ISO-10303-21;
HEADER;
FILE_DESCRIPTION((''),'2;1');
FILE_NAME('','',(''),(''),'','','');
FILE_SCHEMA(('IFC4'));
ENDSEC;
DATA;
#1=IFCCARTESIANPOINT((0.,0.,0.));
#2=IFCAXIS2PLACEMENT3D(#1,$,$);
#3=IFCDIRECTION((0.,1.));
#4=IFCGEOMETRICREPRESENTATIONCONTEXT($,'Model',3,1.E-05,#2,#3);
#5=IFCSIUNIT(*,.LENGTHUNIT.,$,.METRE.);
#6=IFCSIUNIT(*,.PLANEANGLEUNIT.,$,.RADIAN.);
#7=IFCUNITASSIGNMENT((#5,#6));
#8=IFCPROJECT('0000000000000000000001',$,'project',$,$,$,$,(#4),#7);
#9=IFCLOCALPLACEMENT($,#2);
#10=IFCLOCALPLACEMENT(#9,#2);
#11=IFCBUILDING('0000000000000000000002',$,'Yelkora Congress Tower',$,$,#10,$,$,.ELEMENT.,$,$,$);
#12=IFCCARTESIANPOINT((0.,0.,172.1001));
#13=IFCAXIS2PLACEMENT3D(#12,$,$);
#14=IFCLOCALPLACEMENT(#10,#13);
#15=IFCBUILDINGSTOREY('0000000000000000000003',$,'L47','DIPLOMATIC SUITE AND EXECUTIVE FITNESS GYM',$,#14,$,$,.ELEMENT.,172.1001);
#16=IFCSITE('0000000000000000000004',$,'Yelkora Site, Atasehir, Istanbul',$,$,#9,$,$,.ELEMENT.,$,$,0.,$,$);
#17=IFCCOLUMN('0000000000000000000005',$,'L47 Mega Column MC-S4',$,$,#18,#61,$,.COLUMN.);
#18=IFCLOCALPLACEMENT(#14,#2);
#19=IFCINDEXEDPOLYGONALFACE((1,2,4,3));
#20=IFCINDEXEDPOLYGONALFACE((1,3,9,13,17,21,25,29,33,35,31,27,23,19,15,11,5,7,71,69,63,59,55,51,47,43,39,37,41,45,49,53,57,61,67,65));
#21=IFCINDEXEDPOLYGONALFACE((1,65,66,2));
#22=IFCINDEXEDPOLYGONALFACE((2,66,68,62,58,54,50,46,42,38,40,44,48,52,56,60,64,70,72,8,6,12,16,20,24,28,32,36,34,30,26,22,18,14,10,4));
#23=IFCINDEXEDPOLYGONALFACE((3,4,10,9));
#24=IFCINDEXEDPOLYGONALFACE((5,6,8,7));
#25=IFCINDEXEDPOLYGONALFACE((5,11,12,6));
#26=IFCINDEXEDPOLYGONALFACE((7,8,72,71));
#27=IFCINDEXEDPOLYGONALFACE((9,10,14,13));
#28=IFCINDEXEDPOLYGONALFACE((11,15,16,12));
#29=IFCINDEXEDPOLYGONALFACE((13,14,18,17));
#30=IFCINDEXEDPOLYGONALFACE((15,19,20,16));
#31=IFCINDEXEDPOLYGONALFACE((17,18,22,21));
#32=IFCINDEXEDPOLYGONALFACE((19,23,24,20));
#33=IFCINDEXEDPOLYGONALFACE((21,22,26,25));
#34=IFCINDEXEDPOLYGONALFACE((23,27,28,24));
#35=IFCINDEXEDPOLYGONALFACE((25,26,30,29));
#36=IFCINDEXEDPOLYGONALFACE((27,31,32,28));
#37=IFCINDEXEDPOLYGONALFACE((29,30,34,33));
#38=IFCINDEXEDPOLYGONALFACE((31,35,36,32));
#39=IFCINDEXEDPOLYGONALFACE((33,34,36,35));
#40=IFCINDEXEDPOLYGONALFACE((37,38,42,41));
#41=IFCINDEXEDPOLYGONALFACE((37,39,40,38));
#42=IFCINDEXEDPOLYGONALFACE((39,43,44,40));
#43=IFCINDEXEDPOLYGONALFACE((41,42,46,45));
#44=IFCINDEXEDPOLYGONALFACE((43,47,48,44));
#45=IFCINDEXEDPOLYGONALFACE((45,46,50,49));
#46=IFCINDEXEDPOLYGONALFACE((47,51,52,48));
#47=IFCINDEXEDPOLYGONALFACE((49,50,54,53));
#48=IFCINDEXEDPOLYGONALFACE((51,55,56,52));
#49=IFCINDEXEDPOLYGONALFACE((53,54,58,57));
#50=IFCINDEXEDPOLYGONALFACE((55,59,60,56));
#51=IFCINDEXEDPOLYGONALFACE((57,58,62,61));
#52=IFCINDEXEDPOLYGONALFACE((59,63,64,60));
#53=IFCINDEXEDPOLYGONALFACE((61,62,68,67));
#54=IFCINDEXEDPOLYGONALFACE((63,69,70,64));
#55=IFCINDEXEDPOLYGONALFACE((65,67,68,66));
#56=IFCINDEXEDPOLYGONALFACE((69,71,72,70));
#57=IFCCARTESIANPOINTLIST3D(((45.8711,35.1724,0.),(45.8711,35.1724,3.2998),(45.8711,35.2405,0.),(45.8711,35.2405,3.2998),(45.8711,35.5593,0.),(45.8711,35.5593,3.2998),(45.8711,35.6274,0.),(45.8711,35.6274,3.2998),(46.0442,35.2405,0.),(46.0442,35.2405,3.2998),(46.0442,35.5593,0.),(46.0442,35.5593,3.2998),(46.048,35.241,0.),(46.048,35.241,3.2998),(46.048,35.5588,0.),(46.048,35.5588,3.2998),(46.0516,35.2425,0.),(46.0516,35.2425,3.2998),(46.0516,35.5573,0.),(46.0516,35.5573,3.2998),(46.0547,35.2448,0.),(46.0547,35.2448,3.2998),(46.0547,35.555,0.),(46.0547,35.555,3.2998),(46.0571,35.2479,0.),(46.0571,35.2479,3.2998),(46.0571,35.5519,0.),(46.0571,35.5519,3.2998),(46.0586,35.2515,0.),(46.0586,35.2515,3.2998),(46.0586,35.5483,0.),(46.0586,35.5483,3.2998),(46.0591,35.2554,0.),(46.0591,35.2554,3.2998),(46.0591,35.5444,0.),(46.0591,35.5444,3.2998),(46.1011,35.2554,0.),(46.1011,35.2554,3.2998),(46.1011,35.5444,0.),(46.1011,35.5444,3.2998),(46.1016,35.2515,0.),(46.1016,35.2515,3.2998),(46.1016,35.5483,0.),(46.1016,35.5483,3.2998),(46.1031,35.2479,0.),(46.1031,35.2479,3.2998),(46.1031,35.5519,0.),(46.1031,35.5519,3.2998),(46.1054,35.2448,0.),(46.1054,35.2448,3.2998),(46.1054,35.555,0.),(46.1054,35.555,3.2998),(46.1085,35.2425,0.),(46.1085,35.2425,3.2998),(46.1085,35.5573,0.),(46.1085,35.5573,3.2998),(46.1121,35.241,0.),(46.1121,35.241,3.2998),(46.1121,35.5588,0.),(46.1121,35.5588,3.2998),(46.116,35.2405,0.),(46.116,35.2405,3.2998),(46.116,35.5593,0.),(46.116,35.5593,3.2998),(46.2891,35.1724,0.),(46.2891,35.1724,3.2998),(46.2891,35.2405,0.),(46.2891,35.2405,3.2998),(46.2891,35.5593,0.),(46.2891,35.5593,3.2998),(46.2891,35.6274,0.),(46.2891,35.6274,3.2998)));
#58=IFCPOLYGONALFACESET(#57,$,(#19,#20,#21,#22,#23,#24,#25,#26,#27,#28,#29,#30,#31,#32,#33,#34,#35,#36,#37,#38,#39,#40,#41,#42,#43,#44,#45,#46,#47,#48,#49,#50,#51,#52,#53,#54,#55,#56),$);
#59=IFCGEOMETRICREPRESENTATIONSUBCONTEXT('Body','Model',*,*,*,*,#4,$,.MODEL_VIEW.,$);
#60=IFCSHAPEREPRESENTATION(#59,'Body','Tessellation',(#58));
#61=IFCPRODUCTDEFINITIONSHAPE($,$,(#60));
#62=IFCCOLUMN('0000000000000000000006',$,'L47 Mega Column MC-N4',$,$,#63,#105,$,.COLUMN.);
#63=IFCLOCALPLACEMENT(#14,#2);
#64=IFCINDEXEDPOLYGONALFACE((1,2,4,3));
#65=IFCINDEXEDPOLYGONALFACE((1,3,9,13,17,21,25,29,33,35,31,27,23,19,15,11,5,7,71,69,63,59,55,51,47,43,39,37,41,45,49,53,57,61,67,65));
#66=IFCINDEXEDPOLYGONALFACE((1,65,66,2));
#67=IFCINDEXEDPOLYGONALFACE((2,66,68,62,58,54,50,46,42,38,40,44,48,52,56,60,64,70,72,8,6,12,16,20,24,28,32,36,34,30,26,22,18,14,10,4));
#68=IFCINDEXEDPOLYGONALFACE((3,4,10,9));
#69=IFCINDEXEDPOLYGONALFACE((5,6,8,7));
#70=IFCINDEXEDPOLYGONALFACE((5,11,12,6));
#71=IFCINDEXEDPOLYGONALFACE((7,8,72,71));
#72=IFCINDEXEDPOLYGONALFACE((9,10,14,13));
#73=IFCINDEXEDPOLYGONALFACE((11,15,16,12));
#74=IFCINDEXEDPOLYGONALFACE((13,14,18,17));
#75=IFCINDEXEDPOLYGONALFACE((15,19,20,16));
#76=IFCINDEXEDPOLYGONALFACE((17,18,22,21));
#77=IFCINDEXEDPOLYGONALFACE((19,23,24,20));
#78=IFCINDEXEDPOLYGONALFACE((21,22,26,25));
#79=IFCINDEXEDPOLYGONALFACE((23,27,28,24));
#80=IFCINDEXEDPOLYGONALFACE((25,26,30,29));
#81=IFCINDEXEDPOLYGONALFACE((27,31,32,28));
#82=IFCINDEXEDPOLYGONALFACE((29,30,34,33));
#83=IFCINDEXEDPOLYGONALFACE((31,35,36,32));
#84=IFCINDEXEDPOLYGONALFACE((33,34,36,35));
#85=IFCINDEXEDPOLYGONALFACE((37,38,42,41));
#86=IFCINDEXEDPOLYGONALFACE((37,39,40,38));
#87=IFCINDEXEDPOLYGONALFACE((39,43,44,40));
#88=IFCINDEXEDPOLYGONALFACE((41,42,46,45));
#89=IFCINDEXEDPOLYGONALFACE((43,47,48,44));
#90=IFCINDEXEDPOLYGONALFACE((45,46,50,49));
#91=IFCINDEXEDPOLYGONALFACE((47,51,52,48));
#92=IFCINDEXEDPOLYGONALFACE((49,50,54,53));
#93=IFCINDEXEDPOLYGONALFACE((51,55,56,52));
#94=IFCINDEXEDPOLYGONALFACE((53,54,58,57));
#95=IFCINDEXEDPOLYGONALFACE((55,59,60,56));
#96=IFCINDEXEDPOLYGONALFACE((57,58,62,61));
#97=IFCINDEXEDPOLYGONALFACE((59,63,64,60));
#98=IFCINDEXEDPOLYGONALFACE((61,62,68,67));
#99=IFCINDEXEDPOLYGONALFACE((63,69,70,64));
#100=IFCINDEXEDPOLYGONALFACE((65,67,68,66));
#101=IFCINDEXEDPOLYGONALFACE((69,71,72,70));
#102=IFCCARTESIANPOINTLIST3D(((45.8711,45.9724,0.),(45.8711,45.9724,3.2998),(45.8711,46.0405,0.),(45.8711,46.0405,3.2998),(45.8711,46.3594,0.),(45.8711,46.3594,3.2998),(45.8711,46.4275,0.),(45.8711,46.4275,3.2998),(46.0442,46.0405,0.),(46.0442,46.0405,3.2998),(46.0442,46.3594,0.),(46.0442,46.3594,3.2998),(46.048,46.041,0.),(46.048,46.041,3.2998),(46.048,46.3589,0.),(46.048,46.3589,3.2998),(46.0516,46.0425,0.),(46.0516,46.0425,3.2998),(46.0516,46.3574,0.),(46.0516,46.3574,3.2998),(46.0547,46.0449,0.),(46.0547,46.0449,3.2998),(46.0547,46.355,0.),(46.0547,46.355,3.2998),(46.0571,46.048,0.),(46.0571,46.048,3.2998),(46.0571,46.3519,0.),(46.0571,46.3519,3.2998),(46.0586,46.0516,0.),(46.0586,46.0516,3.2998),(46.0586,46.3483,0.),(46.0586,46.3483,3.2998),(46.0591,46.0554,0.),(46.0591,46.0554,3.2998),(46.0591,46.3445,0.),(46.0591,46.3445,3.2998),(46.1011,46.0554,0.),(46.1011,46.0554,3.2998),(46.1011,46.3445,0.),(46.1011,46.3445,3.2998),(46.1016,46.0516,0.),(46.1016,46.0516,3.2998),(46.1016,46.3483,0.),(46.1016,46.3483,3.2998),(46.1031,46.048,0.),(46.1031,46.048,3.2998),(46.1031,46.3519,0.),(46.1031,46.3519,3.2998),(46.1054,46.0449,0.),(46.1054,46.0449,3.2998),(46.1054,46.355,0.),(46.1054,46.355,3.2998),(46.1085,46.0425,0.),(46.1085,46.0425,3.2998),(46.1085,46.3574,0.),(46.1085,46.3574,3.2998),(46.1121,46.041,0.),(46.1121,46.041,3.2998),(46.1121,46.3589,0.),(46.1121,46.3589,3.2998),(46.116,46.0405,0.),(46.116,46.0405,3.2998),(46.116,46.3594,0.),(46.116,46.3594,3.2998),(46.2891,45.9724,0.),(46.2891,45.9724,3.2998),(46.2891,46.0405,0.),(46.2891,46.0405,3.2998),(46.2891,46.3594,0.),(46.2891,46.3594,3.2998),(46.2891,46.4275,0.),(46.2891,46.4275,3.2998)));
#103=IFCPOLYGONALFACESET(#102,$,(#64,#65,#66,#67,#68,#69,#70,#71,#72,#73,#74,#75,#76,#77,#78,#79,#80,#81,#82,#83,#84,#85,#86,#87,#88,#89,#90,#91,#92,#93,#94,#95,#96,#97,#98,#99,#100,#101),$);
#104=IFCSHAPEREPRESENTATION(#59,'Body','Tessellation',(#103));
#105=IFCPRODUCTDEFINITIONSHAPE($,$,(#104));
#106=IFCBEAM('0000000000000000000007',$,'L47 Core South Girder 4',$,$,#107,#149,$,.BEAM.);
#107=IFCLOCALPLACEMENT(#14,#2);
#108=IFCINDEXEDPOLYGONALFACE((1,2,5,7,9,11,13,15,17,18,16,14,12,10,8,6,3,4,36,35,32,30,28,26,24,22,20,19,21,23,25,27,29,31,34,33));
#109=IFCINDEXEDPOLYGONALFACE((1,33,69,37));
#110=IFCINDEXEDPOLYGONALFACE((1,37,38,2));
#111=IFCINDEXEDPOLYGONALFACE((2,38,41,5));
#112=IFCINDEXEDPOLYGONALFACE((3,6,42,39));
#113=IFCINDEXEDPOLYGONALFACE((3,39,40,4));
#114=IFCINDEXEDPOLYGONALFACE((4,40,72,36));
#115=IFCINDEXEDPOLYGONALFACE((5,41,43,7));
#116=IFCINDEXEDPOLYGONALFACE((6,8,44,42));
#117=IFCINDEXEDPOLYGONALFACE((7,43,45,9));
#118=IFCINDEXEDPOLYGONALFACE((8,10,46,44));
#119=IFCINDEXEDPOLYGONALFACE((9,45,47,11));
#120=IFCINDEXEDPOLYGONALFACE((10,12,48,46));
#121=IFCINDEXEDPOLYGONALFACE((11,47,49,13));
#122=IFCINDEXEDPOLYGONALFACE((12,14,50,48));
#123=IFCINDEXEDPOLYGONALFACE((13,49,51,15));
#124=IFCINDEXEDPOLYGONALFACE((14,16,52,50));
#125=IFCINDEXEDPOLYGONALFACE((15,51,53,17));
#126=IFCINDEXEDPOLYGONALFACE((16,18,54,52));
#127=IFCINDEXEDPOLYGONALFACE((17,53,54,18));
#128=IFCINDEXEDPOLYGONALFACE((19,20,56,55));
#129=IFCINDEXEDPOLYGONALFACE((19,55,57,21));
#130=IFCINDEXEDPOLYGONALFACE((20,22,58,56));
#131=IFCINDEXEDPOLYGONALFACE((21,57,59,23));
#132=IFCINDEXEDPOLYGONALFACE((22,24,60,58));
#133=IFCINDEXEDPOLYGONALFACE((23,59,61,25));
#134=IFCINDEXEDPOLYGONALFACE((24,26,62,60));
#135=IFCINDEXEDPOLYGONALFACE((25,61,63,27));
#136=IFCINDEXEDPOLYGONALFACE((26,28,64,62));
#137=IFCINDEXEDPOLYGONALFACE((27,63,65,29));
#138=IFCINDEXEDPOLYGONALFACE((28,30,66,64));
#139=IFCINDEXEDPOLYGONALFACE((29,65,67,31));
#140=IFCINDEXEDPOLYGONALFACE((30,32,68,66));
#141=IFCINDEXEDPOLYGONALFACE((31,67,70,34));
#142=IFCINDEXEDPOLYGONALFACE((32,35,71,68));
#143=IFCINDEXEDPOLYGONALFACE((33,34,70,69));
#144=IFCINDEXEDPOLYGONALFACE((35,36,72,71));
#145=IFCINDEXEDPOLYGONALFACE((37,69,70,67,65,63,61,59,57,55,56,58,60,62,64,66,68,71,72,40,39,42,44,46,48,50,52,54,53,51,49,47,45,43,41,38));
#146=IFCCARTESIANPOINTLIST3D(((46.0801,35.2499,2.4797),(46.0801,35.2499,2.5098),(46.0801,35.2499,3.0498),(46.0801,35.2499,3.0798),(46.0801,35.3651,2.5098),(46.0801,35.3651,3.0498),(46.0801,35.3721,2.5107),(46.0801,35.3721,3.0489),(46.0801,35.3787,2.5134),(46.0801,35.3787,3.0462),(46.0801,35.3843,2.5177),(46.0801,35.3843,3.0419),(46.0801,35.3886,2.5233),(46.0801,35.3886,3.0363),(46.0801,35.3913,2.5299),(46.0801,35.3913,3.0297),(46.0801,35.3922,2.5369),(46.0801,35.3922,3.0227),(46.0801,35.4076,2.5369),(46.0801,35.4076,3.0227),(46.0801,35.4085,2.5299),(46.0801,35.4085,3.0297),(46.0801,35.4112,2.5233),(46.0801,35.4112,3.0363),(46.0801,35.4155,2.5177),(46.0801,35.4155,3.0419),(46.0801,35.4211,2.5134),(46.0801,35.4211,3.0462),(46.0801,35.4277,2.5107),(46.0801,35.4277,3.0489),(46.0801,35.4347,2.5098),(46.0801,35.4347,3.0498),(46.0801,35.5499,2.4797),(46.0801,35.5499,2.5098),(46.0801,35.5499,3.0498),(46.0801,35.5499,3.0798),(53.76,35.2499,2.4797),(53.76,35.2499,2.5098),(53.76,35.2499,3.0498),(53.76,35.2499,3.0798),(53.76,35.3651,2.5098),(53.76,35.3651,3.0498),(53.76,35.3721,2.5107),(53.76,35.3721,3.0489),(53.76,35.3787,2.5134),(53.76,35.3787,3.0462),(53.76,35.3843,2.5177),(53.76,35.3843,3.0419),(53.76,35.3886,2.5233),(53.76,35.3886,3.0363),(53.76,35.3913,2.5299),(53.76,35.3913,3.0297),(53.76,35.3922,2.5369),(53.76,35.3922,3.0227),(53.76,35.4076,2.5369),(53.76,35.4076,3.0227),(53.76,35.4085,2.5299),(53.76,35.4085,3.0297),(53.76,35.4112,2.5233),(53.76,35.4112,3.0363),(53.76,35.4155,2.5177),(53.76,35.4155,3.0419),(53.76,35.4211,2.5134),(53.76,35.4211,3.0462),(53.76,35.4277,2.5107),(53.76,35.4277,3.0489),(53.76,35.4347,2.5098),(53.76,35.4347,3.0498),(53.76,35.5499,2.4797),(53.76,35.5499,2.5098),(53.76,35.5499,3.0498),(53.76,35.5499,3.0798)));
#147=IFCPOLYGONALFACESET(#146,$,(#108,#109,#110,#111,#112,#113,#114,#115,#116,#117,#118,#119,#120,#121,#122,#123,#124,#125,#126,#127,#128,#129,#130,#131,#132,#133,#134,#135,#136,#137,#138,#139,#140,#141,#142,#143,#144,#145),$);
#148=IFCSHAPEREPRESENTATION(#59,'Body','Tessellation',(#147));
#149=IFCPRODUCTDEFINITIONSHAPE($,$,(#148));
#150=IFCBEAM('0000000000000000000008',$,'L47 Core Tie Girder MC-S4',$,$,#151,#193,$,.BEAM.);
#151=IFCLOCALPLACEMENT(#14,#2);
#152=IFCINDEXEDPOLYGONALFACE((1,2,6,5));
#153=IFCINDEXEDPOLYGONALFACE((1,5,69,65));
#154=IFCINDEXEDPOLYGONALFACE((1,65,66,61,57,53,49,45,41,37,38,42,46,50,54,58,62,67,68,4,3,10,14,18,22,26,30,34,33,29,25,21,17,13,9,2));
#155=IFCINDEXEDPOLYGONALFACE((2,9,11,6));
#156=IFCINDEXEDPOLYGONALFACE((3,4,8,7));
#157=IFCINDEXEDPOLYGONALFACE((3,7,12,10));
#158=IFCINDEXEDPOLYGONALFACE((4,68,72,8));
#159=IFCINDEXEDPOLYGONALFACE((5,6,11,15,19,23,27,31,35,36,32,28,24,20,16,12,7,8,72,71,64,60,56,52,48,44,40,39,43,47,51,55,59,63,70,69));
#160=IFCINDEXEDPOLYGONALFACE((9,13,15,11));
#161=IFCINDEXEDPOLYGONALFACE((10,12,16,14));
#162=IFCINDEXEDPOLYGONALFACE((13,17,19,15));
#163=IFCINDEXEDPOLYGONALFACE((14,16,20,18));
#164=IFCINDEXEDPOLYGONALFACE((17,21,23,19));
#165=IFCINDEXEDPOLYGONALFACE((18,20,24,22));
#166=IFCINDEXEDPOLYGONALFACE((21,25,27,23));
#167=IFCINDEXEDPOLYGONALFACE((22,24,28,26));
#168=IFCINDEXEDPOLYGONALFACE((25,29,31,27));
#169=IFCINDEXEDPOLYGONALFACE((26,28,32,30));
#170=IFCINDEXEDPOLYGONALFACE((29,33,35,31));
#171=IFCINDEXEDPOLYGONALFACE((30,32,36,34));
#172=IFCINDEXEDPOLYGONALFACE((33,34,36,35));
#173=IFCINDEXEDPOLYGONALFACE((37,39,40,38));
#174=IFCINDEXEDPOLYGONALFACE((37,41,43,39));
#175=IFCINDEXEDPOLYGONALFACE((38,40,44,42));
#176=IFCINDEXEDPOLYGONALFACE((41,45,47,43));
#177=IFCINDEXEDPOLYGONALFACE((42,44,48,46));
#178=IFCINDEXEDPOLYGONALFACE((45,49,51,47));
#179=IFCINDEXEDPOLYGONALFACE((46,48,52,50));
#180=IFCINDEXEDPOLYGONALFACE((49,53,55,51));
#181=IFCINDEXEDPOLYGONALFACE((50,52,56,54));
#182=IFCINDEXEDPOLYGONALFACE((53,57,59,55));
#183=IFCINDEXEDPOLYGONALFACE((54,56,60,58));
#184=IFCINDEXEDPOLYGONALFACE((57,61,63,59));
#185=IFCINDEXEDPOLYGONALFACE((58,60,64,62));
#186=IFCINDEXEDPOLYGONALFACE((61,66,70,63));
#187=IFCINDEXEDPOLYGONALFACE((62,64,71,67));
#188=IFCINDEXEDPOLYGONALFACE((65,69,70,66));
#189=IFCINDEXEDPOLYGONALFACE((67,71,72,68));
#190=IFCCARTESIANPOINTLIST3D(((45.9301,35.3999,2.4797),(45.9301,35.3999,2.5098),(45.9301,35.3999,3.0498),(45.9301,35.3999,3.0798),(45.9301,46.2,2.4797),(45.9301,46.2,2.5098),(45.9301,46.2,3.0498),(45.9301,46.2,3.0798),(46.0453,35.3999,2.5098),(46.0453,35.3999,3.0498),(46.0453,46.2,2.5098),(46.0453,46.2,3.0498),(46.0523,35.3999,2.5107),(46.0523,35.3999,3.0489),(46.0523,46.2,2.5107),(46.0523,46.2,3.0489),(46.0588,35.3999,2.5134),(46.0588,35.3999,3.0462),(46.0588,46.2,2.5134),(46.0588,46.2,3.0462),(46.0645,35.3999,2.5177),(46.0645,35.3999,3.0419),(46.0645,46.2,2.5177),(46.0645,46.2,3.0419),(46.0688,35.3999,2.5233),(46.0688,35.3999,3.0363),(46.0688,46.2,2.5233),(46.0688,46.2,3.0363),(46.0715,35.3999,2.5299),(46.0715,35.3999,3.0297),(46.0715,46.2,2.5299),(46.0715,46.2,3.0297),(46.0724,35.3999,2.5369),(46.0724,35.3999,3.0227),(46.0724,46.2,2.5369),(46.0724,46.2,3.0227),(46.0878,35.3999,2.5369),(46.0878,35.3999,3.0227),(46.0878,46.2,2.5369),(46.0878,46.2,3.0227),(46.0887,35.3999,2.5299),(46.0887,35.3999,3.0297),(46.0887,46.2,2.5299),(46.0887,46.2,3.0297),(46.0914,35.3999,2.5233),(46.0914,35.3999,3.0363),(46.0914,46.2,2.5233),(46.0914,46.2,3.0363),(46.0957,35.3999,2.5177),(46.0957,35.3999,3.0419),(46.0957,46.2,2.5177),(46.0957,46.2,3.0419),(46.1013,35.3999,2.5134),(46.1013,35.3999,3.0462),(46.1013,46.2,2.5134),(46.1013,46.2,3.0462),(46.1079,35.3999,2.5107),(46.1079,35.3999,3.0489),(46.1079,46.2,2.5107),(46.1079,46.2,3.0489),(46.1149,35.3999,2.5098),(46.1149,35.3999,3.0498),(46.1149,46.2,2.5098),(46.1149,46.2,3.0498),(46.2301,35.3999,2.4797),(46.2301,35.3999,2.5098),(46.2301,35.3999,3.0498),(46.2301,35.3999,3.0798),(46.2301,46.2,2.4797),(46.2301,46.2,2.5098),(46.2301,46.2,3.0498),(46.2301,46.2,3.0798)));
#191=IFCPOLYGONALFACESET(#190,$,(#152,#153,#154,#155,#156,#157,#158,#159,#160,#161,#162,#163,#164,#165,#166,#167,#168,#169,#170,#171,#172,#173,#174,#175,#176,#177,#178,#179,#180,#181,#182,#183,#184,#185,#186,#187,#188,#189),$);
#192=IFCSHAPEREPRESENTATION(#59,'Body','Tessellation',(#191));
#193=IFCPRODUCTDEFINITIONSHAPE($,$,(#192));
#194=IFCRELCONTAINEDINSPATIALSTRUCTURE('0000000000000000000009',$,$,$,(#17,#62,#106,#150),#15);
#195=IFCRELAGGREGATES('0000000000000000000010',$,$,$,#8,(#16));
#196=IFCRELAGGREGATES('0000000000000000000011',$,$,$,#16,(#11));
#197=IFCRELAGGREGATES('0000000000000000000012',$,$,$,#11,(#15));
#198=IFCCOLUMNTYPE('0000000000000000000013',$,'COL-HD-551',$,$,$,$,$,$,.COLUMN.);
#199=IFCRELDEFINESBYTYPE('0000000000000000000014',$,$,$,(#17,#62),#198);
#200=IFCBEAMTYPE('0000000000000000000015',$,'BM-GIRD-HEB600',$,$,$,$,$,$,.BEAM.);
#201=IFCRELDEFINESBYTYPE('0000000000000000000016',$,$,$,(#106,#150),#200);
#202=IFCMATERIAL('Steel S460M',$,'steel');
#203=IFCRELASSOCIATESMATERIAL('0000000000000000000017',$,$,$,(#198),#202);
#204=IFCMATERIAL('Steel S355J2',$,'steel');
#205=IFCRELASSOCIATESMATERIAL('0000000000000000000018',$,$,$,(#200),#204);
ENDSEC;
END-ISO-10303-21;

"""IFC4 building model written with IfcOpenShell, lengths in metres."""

from ifc_helpers import new_model, si_unit, direction, frame, origin, origin_2d, place, context, subcontext, project, spatial, i_section, extrude, material, material_profile, profile_set, type_object, element, save


model = new_model("IFC4")

# Units and contexts
model_context = context("Model", 3, precision=1e-05, world=origin(), true_north=direction((0.0, 1.0)))
body_context = subcontext(model_context, "Body", "Model", "MODEL_VIEW")
ifc_project = project(units=[si_unit("LENGTHUNIT", "METRE"), si_unit("PLANEANGLEUNIT", "RADIAN")], contexts=[model_context])

# Site, building, storey
site_placement = place(None, origin())
site = spatial("IfcSite", under=ifc_project, at=site_placement, Name="Yelkora Site, Atasehir, Istanbul", CompositionType="ELEMENT", RefElevation=0.0)
building_placement = place(site_placement, origin())
building = spatial("IfcBuilding", under=site, at=building_placement, Name="Yelkora Congress Tower", CompositionType="ELEMENT")
storey_placement = place(building_placement, frame((0.0, 0.0, 172.1001)))
storey = spatial("IfcBuildingStorey", under=building, at=storey_placement, Name="L47", Description="DIPLOMATIC SUITE AND EXECUTIVE FITNESS GYM", CompositionType="ELEMENT", Elevation=172.1001)

# Columns
ifc_material_1 = material(Name="Steel S460M", Category="steel")
ifc_material_profile_1 = material_profile(ifc_material_1, i_section(OverallWidth=0.418, OverallDepth=0.4551, WebThickness=0.042, FlangeThickness=0.0681, FilletRadius=0.0149, at=origin_2d()), Name="HD 400x551")
ifc_profile_set_1 = profile_set([ifc_material_profile_1], Name="Steel S460M")
column_type = type_object("IfcColumnType", Name="COL-HD-551", PredefinedType="COLUMN", material=ifc_profile_set_1)
for number, where, z_axis, x_axis, name in (
    (1, (46.0801, 35.3999, 0.0), (0.0, 0.0, 1.0), (1.0, 0.0, 0.0), "L47 Mega Column MC-S4"),
    (2, (46.0801, 46.2, 0.0), (0.0, 0.0, 1.0), (1.0, 0.0, 0.0), "L47 Mega Column MC-N4"),
):
    element("IfcColumn", number, at=place(storey_placement, frame(where, z_axis=z_axis, x_axis=x_axis)), inside=storey, type_object=column_type, Name=name, PredefinedType="COLUMN", context=body_context, shape_type="SweptSolid", body=[
        extrude(i_section(OverallWidth=0.418, OverallDepth=0.4551, WebThickness=0.042, FlangeThickness=0.0681, FilletRadius=0.0149, at=origin_2d()), origin(), (0.0, 0.0, 1.0), 3.2998),
    ])

# Beams
ifc_material_2 = material(Name="Steel S355J2", Category="steel")
ifc_material_profile_2 = material_profile(ifc_material_2, i_section(OverallWidth=0.3, OverallDepth=0.6001, WebThickness=0.0154, FlangeThickness=0.03, FilletRadius=0.0271, at=origin_2d()), Name="HEB 600")
ifc_profile_set_2 = profile_set([ifc_material_profile_2], Name="Steel S355J2")
beam_type_1 = type_object("IfcBeamType", Name="BM-GIRD-HEB600", PredefinedType="BEAM", material=ifc_profile_set_2)
beam_1_placement = place(storey_placement, frame((46.0801, 35.3999, 2.7798), z_axis=(1.0, 0.0, 0.0), x_axis=(0.0, 1.0, 0.0)))
element("IfcBeam", 3, at=beam_1_placement, inside=storey, type_object=beam_type_1, Name="L47 Core South Girder 4", PredefinedType="BEAM", context=body_context, shape_type="SweptSolid", body=[
    extrude(i_section(OverallWidth=0.3, OverallDepth=0.6001, WebThickness=0.0154, FlangeThickness=0.03, FilletRadius=0.0271, at=origin_2d()), origin(), (0.0, 0.0, 1.0), 7.6799),
])
beam_2_placement = place(storey_placement, frame((46.0801, 35.3999, 2.7798), z_axis=(0.0, 1.0, 0.0), x_axis=(-1.0, 0.0, 0.0)))
element("IfcBeam", 4, at=beam_2_placement, inside=storey, type_object=beam_type_1, Name="L47 Core Tie Girder MC-S4", PredefinedType="BEAM", context=body_context, shape_type="SweptSolid", body=[
    extrude(i_section(OverallWidth=0.3, OverallDepth=0.6001, WebThickness=0.0154, FlangeThickness=0.03, FilletRadius=0.0271, at=origin_2d()), origin(), (0.0, 0.0, 1.0), 10.8),
])

save(model, "model.ifc")
